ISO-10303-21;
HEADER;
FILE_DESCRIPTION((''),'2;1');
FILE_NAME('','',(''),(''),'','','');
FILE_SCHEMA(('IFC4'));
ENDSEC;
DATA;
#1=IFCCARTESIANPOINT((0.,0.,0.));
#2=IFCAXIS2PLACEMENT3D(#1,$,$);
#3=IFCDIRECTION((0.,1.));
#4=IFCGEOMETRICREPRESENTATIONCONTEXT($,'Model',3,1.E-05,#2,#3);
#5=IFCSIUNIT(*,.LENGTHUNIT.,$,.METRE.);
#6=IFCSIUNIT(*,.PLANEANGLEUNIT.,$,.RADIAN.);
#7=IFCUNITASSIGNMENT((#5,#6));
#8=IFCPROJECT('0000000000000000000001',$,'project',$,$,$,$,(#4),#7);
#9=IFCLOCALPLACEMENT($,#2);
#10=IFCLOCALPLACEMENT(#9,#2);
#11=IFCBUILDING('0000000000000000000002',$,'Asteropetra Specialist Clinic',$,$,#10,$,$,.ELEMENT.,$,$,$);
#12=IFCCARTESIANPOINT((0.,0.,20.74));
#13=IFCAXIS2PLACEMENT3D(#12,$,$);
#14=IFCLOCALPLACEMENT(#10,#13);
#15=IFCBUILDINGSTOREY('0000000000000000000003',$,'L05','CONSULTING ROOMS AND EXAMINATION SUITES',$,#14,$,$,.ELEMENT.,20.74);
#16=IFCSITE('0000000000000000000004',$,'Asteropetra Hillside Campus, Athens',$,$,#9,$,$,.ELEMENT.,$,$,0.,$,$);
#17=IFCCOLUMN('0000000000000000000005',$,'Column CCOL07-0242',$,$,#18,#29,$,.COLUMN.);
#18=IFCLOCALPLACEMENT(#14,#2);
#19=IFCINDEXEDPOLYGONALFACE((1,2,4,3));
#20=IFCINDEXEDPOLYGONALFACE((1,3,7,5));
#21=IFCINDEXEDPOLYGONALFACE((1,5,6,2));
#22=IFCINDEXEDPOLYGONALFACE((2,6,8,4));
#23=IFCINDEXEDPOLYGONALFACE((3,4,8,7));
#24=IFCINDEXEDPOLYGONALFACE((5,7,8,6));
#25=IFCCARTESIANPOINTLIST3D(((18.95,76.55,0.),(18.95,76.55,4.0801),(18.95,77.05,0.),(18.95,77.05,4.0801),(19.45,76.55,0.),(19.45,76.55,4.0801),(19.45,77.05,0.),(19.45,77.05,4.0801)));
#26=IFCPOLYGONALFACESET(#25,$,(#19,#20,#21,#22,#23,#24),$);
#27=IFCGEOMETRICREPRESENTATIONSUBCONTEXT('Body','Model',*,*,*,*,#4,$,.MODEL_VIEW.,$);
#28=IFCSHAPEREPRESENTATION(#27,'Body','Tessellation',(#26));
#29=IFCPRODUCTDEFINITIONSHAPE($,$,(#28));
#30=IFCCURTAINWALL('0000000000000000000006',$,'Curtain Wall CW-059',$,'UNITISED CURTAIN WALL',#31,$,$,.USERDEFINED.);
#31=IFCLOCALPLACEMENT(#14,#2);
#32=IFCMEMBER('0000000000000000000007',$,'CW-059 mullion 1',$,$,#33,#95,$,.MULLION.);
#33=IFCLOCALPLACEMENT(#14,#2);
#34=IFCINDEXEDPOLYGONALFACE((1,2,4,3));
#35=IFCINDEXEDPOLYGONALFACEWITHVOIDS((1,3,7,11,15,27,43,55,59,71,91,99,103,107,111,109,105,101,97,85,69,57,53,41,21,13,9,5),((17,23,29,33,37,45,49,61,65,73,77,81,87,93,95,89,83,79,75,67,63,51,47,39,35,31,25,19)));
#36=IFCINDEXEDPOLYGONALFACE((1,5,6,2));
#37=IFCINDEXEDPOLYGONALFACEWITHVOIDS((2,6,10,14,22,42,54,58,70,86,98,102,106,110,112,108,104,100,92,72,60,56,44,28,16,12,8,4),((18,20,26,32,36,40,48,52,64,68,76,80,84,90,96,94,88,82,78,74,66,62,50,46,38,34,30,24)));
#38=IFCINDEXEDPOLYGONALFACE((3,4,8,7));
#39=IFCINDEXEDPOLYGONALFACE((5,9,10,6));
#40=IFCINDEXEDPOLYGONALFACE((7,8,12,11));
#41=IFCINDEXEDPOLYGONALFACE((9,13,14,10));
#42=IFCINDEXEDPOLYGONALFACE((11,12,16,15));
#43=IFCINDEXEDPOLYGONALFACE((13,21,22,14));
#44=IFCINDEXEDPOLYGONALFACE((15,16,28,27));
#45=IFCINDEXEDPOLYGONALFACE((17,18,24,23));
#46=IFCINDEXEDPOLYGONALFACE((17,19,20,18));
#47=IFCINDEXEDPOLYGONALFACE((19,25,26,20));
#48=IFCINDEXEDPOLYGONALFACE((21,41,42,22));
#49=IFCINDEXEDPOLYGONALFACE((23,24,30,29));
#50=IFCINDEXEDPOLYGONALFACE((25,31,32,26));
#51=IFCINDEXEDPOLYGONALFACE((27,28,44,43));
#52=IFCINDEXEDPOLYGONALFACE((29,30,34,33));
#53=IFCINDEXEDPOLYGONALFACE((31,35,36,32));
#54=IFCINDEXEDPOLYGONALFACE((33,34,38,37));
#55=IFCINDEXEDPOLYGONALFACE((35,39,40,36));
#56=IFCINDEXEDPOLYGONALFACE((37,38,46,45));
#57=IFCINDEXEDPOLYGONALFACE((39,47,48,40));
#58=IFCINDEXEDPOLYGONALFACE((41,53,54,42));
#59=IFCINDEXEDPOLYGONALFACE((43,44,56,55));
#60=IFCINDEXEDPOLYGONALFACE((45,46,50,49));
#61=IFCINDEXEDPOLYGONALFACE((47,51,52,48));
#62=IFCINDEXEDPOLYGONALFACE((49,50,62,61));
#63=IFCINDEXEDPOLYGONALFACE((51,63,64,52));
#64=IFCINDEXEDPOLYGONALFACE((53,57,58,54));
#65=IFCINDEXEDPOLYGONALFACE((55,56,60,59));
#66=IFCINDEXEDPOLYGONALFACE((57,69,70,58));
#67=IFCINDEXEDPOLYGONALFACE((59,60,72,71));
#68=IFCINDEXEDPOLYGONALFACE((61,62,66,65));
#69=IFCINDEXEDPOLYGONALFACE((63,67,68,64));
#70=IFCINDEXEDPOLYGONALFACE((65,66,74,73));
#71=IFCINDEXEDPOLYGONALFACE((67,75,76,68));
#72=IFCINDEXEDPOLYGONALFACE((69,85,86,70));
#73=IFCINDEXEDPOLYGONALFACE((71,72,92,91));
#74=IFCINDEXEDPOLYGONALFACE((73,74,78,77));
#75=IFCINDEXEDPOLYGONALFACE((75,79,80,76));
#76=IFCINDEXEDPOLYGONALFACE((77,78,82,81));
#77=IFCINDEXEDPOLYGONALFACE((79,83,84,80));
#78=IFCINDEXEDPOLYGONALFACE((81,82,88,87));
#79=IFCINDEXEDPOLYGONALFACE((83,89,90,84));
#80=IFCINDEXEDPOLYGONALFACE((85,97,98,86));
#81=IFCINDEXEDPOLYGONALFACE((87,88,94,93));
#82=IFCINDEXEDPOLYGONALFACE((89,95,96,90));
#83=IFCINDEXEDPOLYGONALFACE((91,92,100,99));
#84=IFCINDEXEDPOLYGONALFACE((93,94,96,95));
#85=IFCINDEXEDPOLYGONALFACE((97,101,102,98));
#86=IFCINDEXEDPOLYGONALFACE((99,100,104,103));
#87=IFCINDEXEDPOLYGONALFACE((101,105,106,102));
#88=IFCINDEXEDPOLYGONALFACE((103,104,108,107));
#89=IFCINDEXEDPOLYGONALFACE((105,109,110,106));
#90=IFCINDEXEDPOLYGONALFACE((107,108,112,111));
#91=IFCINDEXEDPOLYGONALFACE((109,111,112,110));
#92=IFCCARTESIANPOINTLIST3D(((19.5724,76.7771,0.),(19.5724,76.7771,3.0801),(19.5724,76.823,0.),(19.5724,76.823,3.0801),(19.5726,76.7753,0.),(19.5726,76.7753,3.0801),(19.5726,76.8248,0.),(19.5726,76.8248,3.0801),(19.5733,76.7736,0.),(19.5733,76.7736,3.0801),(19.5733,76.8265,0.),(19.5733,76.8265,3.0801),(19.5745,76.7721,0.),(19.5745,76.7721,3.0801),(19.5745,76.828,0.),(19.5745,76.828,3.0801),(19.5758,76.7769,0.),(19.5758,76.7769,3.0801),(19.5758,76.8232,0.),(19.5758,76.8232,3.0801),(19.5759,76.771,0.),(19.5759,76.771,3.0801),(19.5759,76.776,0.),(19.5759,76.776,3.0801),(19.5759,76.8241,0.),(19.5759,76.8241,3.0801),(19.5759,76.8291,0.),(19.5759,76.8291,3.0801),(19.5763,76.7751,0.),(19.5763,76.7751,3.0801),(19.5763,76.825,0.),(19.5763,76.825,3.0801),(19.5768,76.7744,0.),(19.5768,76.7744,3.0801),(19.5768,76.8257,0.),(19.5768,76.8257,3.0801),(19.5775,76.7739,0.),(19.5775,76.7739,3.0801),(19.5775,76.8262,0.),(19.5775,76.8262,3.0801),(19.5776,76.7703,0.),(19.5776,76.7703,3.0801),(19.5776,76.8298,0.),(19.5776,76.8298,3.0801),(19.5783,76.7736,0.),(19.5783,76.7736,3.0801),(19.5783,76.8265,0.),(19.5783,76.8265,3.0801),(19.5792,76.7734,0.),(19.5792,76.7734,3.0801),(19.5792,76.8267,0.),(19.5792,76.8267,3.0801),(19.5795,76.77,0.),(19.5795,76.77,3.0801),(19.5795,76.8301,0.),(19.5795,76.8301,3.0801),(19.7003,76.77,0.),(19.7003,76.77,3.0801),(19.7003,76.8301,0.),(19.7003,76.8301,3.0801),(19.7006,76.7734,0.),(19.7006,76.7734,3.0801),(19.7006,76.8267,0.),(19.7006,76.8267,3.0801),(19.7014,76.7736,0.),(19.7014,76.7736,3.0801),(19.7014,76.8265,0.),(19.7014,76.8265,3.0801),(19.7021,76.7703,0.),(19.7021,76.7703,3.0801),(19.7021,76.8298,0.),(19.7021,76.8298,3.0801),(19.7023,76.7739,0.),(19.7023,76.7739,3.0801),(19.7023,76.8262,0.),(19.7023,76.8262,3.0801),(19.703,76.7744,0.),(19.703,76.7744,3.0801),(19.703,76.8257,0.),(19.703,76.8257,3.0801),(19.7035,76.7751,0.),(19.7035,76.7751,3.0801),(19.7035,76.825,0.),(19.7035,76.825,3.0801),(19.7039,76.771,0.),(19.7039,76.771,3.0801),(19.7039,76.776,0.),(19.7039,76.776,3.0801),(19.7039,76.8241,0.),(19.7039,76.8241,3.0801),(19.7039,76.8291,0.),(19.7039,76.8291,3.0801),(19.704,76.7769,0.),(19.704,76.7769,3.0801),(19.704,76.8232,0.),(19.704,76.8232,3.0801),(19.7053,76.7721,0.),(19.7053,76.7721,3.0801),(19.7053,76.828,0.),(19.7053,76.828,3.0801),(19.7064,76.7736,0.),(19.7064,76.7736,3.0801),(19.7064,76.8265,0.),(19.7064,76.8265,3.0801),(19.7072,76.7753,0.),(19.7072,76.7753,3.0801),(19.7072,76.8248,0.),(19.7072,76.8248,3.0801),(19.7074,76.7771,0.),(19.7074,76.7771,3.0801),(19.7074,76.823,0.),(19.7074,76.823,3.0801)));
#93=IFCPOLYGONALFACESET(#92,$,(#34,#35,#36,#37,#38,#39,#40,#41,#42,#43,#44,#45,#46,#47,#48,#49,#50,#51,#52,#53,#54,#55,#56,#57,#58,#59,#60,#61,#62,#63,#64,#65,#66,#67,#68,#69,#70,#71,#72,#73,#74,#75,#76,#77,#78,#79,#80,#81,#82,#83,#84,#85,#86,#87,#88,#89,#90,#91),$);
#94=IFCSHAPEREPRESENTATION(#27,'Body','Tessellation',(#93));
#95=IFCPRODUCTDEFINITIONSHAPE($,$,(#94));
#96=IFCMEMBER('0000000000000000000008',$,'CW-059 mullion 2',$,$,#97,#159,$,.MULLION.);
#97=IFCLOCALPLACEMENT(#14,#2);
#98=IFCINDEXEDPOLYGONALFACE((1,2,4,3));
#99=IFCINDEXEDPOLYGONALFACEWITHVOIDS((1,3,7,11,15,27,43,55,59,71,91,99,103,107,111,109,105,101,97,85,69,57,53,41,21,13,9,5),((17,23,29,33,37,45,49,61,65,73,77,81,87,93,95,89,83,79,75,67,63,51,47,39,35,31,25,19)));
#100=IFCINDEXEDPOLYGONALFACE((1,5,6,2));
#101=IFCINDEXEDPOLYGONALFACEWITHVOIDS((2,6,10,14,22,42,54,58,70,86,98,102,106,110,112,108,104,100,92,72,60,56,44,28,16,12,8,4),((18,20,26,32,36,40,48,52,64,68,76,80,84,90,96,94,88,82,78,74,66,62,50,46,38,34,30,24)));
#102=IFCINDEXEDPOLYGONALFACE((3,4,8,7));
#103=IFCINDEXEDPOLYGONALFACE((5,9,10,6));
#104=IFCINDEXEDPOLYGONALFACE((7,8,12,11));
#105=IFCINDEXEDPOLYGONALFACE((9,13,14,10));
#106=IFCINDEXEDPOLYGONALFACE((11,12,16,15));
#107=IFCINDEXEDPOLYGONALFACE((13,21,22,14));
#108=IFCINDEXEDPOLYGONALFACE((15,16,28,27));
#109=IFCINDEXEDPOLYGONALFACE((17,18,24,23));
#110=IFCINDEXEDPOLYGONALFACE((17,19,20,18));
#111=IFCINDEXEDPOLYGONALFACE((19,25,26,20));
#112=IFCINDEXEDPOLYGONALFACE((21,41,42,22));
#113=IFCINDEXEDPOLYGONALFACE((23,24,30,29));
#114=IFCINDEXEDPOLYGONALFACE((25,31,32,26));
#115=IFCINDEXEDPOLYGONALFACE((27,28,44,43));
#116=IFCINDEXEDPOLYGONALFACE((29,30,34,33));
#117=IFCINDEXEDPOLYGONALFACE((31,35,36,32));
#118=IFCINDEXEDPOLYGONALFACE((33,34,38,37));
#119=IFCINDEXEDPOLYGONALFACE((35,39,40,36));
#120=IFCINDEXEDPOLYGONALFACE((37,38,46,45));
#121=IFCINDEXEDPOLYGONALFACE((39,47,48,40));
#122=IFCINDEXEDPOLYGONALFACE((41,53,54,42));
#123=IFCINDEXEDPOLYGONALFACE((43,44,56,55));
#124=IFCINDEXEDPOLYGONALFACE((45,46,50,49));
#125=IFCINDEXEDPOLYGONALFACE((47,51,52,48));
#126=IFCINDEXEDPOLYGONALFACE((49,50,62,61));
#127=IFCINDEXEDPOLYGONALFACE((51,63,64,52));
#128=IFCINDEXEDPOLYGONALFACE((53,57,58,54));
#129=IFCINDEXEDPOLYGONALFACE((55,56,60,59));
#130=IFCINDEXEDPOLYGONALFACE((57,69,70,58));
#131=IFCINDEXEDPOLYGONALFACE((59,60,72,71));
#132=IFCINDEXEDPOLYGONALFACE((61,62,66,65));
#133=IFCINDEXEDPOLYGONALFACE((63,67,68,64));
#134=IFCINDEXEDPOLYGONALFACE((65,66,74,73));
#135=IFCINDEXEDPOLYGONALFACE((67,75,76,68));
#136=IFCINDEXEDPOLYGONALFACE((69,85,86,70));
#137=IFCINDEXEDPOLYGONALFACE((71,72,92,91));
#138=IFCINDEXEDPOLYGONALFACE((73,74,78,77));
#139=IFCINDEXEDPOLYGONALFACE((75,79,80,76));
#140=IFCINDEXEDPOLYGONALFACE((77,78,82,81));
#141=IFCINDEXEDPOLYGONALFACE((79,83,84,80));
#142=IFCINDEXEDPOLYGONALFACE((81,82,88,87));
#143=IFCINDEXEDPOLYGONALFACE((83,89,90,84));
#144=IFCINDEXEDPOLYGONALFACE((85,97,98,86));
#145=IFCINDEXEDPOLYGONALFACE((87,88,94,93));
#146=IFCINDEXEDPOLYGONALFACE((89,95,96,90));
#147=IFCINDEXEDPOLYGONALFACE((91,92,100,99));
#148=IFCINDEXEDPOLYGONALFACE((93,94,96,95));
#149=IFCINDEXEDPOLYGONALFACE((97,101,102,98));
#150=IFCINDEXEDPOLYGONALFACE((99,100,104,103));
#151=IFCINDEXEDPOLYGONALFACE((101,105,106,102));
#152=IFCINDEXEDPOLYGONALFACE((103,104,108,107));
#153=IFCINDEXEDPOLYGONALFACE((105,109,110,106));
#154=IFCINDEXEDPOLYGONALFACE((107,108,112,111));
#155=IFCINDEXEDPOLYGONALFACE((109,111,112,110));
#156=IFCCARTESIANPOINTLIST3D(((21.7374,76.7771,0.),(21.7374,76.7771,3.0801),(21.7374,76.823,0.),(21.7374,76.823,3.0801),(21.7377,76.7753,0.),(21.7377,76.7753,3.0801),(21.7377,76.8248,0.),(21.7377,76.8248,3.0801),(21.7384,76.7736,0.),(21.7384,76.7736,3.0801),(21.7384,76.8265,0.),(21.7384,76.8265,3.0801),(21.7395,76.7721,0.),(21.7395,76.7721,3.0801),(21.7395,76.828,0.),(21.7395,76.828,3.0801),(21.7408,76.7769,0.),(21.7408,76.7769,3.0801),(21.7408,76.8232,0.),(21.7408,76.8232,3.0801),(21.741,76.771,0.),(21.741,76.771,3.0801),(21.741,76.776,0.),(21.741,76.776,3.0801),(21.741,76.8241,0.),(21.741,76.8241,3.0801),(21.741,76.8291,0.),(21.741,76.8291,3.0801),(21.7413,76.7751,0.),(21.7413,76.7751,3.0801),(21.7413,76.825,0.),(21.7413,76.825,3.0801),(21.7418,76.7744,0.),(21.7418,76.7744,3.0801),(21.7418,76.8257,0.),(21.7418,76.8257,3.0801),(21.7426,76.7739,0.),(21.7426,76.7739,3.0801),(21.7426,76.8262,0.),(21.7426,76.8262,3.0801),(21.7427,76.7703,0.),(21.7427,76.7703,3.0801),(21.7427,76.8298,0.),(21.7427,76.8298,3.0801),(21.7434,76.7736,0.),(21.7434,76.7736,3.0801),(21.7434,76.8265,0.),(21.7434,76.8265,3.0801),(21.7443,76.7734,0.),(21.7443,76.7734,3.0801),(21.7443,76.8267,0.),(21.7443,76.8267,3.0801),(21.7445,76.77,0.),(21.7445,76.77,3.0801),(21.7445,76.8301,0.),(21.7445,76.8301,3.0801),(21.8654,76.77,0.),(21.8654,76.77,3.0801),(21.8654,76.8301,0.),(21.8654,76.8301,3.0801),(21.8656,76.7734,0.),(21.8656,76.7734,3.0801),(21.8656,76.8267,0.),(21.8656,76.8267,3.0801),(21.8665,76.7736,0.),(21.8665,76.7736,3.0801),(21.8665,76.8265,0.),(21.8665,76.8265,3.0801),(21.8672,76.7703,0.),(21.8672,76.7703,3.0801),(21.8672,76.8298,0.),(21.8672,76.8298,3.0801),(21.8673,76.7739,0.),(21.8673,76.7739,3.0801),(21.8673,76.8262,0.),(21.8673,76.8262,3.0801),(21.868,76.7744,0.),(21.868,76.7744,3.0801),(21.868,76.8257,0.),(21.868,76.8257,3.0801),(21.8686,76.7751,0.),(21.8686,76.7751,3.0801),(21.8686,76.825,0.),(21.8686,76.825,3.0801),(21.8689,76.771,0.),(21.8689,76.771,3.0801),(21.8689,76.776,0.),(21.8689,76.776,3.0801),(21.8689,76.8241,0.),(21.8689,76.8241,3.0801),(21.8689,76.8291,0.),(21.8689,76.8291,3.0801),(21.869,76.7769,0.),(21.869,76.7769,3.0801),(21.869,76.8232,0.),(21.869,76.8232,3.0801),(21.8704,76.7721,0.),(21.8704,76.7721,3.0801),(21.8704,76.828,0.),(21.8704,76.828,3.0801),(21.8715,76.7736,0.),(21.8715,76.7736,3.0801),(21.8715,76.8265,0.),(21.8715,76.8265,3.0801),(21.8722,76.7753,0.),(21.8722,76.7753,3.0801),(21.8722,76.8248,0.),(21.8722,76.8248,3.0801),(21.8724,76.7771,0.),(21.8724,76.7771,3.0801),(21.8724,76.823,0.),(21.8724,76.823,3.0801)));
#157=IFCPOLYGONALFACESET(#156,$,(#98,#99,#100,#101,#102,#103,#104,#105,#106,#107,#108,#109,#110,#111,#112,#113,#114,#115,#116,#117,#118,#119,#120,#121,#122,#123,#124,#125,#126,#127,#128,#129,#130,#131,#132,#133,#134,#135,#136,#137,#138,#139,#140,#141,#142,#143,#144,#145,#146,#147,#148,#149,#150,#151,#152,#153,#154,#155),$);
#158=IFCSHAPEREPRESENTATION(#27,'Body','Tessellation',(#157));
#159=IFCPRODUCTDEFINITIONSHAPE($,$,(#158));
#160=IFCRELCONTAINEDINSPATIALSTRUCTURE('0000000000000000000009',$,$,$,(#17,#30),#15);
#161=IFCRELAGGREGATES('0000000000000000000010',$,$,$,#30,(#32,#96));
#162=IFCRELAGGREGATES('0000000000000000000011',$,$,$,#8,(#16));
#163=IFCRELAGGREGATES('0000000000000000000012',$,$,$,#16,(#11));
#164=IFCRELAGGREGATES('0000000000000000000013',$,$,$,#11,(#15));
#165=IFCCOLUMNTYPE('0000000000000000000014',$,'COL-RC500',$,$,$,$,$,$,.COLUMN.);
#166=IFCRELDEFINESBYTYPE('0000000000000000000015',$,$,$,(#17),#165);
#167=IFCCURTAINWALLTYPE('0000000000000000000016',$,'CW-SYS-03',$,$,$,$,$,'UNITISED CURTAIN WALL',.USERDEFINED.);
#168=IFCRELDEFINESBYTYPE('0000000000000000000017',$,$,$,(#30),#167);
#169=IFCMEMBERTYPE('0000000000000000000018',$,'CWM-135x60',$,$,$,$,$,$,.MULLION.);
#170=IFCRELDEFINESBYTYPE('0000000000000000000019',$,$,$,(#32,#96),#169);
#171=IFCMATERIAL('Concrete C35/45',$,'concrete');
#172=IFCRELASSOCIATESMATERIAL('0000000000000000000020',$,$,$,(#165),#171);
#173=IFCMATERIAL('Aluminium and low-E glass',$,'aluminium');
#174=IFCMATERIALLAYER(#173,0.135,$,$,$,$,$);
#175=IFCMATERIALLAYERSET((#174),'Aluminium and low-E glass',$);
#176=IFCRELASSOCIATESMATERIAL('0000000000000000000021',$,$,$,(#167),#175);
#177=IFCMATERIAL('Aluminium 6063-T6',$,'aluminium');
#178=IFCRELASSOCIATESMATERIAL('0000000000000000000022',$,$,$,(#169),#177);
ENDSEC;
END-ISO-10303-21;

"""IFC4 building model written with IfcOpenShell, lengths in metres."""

from ifc_helpers import new_model, si_unit, direction, frame, origin, origin_2d, place, context, subcontext, project, spatial, rectangle, hollow_rectangle, extrude, material, layer, layer_set, material_profile, profile_set, type_object, element, aggregate, save


model = new_model("IFC4")

# Units and contexts
model_context = context("Model", 3, precision=1e-05, world=origin(), true_north=direction((0.0, 1.0)))
body_context = subcontext(model_context, "Body", "Model", "MODEL_VIEW")
ifc_project = project(units=[si_unit("LENGTHUNIT", "METRE"), si_unit("PLANEANGLEUNIT", "RADIAN")], contexts=[model_context])

# Site, building, storey
site_placement = place(None, origin())
site = spatial("IfcSite", under=ifc_project, at=site_placement, Name="Asteropetra Hillside Campus, Athens", CompositionType="ELEMENT", RefElevation=0.0)
building_placement = place(site_placement, origin())
building = spatial("IfcBuilding", under=site, at=building_placement, Name="Asteropetra Specialist Clinic", CompositionType="ELEMENT")
storey_placement = place(building_placement, frame((0.0, 0.0, 20.74)))
storey = spatial("IfcBuildingStorey", under=building, at=storey_placement, Name="L05", Description="CONSULTING ROOMS AND EXAMINATION SUITES", CompositionType="ELEMENT", Elevation=20.74)

# Column
ifc_material_1 = material(Name="Concrete C35/45", Category="concrete")
ifc_material_profile_1 = material_profile(ifc_material_1, rectangle(XDim=0.5, YDim=0.5, at=origin_2d()), Name="RC 500x500")
ifc_profile_set_1 = profile_set([ifc_material_profile_1], Name="Concrete C35/45")
column_type = type_object("IfcColumnType", Name="COL-RC500", PredefinedType="COLUMN", material=ifc_profile_set_1)
column_placement = place(storey_placement, frame((19.2, 76.8, 0.0), z_axis=(0.0, 0.0, 1.0), x_axis=(1.0, 0.0, 0.0)))
element("IfcColumn", 1, at=column_placement, inside=storey, type_object=column_type, Name="Column CCOL07-0242", PredefinedType="COLUMN", context=body_context, shape_type="SweptSolid", body=[
    extrude(rectangle(XDim=0.5, YDim=0.5, at=origin_2d()), origin(), (0.0, 0.0, 1.0), 4.0801),
])

# Curtain wall, members
ifc_material_2 = material(Name="Aluminium and low-E glass", Category="aluminium")
ifc_layer_1 = layer(ifc_material_2, 0.135)
ifc_layer_set_1 = layer_set([ifc_layer_1], Name="Aluminium and low-E glass")
curtain_wall_type_1 = type_object("IfcCurtainWallType", Name="CW-SYS-03", ElementType="UNITISED CURTAIN WALL", PredefinedType="USERDEFINED", material=ifc_layer_set_1)
curtain_wall_1_placement = place(storey_placement, origin())
curtain_wall_1 = element("IfcCurtainWall", 2, at=curtain_wall_1_placement, inside=storey, type_object=curtain_wall_type_1, Name="Curtain Wall CW-059", ObjectType="UNITISED CURTAIN WALL", PredefinedType="USERDEFINED")
ifc_material_3 = material(Name="Aluminium 6063-T6", Category="aluminium")
ifc_material_profile_2 = material_profile(ifc_material_3, hollow_rectangle(XDim=0.0601, YDim=0.135, WallThickness=0.0034, InnerFilletRadius=0.0034, OuterFilletRadius=0.0071, at=origin_2d()), Name="MUL 135x60x3.5")
ifc_profile_set_2 = profile_set([ifc_material_profile_2], Name="Aluminium 6063-T6")
member_type_1 = type_object("IfcMemberType", Name="CWM-135x60", PredefinedType="MULLION", material=ifc_profile_set_2)
member_1_placement = place(storey_placement, frame((19.6399, 76.8, 0.0), z_axis=(0.0, 0.0, 1.0), x_axis=(0.0, 1.0, 0.0)))
member_1 = element("IfcMember", 3, at=member_1_placement, type_object=member_type_1, Name="CW-059 mullion 1", PredefinedType="MULLION", context=body_context, shape_type="SweptSolid", body=[
    extrude(hollow_rectangle(XDim=0.0601, YDim=0.135, WallThickness=0.0034, InnerFilletRadius=0.0034, OuterFilletRadius=0.0071, at=origin_2d()), origin(), (0.0, 0.0, 1.0), 3.0801),
])
member_2_placement = place(storey_placement, frame((21.8049, 76.8, 0.0), z_axis=(0.0, 0.0, 1.0), x_axis=(0.0, 1.0, 0.0)))
member_2 = element("IfcMember", 4, at=member_2_placement, type_object=member_type_1, Name="CW-059 mullion 2", PredefinedType="MULLION", context=body_context, shape_type="SweptSolid", body=[
    extrude(hollow_rectangle(XDim=0.0601, YDim=0.135, WallThickness=0.0034, InnerFilletRadius=0.0034, OuterFilletRadius=0.0071, at=origin_2d()), origin(), (0.0, 0.0, 1.0), 3.0801),
])

aggregate(curtain_wall_1, [member_1, member_2])

save(model, "model.ifc")
